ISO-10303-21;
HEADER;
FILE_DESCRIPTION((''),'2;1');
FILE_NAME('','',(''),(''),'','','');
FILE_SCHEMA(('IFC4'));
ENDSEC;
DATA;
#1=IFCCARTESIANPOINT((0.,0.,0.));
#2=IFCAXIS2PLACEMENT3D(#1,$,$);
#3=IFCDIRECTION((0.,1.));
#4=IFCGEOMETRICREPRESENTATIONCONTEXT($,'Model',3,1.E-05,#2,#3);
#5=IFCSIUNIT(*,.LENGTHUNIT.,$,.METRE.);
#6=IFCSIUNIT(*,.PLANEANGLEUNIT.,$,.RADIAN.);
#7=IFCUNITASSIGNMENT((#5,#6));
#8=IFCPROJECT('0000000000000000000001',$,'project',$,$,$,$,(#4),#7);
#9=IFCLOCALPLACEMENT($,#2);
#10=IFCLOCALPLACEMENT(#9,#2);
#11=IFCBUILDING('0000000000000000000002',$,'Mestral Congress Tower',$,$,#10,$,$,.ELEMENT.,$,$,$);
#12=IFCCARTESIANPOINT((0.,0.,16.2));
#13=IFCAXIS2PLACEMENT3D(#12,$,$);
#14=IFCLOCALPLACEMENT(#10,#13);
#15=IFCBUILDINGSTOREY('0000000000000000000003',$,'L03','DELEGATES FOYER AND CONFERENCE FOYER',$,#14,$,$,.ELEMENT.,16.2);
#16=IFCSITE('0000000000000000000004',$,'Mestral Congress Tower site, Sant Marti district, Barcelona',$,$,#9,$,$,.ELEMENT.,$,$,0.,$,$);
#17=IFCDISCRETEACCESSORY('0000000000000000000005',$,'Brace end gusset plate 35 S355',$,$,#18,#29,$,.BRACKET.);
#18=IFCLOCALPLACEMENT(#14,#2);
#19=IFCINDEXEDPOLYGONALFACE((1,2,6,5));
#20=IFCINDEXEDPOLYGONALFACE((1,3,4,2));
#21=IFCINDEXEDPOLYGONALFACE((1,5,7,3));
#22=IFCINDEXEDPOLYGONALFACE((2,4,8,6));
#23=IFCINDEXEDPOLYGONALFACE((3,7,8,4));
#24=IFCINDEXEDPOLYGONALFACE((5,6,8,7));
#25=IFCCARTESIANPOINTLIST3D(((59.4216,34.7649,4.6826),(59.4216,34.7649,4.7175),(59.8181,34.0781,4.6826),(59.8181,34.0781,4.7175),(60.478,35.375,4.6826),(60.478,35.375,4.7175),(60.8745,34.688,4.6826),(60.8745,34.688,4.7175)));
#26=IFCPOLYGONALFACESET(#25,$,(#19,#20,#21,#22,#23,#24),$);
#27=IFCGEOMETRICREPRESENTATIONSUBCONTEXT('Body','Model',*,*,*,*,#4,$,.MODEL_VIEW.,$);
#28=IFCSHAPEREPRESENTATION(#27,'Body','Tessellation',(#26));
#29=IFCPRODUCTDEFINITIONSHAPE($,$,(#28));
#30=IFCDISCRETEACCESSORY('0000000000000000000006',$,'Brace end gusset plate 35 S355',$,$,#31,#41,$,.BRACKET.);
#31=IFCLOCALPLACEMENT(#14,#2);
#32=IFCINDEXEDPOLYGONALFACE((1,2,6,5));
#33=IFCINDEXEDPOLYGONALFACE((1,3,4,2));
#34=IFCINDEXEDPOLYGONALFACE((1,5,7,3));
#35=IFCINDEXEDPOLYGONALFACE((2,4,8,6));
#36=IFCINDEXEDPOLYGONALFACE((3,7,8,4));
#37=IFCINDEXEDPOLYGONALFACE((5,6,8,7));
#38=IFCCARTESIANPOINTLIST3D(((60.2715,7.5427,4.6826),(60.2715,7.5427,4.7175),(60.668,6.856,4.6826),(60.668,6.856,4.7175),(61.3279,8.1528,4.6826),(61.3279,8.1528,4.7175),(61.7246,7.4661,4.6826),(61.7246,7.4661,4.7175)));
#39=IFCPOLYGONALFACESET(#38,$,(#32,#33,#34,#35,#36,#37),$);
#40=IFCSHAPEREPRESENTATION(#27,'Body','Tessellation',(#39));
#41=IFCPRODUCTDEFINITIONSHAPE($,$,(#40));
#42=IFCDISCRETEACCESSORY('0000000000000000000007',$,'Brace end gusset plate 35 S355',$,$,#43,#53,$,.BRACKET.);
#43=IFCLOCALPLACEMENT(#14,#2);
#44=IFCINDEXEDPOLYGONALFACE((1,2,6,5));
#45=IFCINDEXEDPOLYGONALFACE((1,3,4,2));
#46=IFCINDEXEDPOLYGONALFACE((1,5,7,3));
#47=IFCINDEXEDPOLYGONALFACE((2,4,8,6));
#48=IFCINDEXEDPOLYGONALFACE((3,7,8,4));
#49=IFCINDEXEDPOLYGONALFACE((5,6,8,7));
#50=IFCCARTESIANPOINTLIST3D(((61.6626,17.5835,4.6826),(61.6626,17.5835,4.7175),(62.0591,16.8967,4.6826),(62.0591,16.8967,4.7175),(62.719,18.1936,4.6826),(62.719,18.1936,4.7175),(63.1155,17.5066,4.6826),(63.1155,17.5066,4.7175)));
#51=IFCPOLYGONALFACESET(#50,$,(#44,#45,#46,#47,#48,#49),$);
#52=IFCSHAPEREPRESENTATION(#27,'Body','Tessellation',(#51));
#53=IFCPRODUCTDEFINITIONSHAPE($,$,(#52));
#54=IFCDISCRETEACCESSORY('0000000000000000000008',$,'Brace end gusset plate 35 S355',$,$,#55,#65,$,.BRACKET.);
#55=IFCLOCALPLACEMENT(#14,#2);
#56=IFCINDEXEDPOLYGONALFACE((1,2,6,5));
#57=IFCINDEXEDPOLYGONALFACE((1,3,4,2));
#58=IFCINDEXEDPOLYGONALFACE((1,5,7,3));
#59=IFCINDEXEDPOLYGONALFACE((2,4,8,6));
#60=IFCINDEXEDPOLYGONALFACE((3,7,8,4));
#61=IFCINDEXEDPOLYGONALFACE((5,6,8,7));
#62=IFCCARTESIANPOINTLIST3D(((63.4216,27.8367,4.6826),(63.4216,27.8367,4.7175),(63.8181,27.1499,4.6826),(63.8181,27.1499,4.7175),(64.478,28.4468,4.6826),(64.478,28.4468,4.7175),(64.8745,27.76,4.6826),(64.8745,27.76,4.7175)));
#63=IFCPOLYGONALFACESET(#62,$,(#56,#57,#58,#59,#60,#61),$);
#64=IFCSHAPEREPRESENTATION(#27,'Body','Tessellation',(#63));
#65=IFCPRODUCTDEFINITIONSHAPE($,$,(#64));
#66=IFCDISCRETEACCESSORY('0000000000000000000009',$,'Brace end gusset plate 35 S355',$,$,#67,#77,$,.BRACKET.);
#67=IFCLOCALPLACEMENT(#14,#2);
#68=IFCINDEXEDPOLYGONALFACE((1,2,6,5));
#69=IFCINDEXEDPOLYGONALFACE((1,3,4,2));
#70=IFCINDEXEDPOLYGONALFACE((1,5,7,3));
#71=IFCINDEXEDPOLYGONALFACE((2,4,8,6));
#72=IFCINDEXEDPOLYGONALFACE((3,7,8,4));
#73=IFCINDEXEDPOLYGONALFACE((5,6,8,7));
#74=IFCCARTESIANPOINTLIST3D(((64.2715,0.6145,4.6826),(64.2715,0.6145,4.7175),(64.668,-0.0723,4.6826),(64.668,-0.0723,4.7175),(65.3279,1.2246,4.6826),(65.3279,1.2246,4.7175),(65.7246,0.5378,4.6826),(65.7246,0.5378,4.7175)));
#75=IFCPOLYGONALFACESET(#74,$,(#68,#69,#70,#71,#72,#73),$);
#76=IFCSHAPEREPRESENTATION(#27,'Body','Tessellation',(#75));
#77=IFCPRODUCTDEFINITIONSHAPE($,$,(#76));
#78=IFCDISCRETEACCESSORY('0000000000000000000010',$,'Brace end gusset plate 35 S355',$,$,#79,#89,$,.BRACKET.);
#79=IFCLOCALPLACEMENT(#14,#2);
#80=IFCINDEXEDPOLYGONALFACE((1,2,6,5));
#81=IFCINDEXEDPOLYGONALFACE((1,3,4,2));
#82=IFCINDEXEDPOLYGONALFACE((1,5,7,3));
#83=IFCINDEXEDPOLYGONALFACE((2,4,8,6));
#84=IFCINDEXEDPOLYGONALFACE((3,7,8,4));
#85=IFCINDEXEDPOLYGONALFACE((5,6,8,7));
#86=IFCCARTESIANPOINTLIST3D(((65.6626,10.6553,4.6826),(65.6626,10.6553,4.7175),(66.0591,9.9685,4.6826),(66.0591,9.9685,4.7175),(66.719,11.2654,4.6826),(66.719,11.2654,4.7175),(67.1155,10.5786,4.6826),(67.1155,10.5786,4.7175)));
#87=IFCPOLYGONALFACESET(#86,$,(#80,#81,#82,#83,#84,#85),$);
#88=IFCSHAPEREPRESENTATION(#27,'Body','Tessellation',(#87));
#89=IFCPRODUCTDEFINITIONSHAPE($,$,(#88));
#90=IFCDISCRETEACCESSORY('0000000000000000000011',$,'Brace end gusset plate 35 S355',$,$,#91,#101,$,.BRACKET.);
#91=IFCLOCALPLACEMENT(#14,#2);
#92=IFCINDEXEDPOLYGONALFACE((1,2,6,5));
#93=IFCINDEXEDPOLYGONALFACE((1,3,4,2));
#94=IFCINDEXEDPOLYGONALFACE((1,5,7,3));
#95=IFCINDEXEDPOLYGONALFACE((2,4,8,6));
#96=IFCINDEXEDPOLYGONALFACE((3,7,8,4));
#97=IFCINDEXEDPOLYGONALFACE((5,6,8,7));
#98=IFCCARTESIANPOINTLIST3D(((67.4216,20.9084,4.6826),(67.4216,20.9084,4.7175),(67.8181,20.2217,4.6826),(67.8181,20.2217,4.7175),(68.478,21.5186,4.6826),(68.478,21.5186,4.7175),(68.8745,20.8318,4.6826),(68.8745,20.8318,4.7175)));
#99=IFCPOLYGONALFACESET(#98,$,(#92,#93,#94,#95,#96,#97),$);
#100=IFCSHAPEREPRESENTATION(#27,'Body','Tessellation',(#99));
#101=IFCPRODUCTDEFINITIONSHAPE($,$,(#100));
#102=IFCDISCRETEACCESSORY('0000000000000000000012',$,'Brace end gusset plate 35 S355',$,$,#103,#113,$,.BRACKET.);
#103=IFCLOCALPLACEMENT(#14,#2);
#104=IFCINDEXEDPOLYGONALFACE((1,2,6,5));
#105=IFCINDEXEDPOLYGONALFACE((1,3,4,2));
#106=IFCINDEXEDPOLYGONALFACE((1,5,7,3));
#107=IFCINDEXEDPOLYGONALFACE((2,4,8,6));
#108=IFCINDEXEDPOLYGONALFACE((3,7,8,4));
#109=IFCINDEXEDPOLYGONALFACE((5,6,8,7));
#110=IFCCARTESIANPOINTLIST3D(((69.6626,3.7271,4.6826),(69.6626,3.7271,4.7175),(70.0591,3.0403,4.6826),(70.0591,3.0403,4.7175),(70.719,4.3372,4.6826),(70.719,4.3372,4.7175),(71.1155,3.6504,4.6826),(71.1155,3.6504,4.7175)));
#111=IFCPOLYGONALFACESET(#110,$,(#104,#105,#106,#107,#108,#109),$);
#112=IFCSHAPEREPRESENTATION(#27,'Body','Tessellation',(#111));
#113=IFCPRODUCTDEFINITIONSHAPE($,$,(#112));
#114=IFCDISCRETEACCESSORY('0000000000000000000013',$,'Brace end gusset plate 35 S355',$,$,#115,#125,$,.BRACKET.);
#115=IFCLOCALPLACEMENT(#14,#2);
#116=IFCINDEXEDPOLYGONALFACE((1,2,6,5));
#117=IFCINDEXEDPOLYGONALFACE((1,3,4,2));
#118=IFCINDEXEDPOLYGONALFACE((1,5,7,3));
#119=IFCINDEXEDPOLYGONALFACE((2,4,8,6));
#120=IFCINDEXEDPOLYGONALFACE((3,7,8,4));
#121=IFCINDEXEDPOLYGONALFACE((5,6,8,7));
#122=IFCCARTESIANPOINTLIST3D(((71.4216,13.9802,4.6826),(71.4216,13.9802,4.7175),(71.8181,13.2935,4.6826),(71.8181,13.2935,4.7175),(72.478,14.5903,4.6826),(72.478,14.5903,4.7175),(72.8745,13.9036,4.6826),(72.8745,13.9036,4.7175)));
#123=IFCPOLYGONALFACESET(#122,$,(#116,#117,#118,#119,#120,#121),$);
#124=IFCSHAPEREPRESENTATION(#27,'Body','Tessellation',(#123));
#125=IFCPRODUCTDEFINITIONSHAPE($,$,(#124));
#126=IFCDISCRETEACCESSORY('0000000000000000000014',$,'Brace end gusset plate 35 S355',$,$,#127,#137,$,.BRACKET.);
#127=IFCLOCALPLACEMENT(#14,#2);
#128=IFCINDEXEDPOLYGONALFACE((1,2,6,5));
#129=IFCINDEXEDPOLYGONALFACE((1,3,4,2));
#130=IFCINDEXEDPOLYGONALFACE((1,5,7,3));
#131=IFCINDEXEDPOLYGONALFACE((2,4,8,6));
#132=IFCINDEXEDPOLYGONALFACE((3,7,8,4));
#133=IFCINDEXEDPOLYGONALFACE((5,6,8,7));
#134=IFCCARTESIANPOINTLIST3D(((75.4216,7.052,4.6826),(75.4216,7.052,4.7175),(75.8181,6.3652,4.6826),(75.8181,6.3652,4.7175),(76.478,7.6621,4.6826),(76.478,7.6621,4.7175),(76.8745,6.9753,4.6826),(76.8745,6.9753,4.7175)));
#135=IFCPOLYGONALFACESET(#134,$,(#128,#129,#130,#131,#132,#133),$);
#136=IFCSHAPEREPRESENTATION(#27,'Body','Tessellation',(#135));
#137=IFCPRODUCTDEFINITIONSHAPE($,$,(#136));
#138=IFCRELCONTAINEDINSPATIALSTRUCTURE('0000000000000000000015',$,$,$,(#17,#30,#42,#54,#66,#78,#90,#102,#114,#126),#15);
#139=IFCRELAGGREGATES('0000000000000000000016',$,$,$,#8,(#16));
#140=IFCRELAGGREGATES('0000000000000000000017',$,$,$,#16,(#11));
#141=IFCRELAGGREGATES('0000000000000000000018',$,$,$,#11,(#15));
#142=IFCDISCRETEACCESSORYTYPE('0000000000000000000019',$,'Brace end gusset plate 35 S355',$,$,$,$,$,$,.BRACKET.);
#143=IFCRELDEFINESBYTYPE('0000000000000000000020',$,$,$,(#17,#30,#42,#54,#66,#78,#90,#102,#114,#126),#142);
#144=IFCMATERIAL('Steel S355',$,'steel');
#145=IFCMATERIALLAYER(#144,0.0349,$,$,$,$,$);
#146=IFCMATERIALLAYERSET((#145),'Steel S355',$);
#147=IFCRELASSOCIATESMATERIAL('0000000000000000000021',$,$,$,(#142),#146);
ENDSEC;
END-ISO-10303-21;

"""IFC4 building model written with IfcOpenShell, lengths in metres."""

from ifc_helpers import new_model, si_unit, direction, frame, origin, place, context, subcontext, project, spatial, polyline, outline, extrude, material, layer, layer_set, type_object, element, save


model = new_model("IFC4")

# Units and contexts
model_context = context("Model", 3, precision=1e-05, world=origin(), true_north=direction((0.0, 1.0)))
body_context = subcontext(model_context, "Body", "Model", "MODEL_VIEW")
ifc_project = project(units=[si_unit("LENGTHUNIT", "METRE"), si_unit("PLANEANGLEUNIT", "RADIAN")], contexts=[model_context])

# Site, building, storey
site_placement = place(None, origin())
site = spatial("IfcSite", under=ifc_project, at=site_placement, Name="Mestral Congress Tower site, Sant Marti district, Barcelona", CompositionType="ELEMENT", RefElevation=0.0)
building_placement = place(site_placement, origin())
building = spatial("IfcBuilding", under=site, at=building_placement, Name="Mestral Congress Tower", CompositionType="ELEMENT")
storey_placement = place(building_placement, frame((0.0, 0.0, 16.2)))
storey = spatial("IfcBuildingStorey", under=building, at=storey_placement, Name="L03", Description="DELEGATES FOYER AND CONFERENCE FOYER", CompositionType="ELEMENT", Elevation=16.2)

# Discrete accessories
ifc_material = material(Name="Steel S355", Category="steel")
ifc_layer_1 = layer(ifc_material, 0.0349)
ifc_layer_set_1 = layer_set([ifc_layer_1], Name="Steel S355")
discrete_accessory_type_1 = type_object("IfcDiscreteAccessoryType", Name="Brace end gusset plate 35 S355", PredefinedType="BRACKET", material=ifc_layer_set_1)
placement_1 = place(storey_placement, frame((0.0, 0.0, 4.6826)))
element("IfcDiscreteAccessory", 1, at=placement_1, inside=storey, type_object=discrete_accessory_type_1, Name="Brace end gusset plate 35 S355", PredefinedType="BRACKET", context=body_context, shape_type="SweptSolid", body=[
    extrude(outline(polyline([(60.478, 35.375), (59.4216, 34.7649), (59.8181, 34.0781), (60.8745, 34.688), (60.478, 35.375)])), origin(), (0.0, 0.0, 1.0), 0.0349),
])
element("IfcDiscreteAccessory", 2, at=placement_1, inside=storey, type_object=discrete_accessory_type_1, Name="Brace end gusset plate 35 S355", PredefinedType="BRACKET", context=body_context, shape_type="SweptSolid", body=[
    extrude(outline(polyline([(61.3279, 8.1528), (60.2715, 7.5427), (60.668, 6.856), (61.7246, 7.4661), (61.3279, 8.1528)])), origin(), (0.0, 0.0, 1.0), 0.0349),
])
element("IfcDiscreteAccessory", 3, at=placement_1, inside=storey, type_object=discrete_accessory_type_1, Name="Brace end gusset plate 35 S355", PredefinedType="BRACKET", context=body_context, shape_type="SweptSolid", body=[
    extrude(outline(polyline([(62.719, 18.1936), (61.6626, 17.5835), (62.0591, 16.8967), (63.1155, 17.5066), (62.719, 18.1936)])), origin(), (0.0, 0.0, 1.0), 0.0349),
])
element("IfcDiscreteAccessory", 4, at=placement_1, inside=storey, type_object=discrete_accessory_type_1, Name="Brace end gusset plate 35 S355", PredefinedType="BRACKET", context=body_context, shape_type="SweptSolid", body=[
    extrude(outline(polyline([(64.478, 28.4468), (63.4216, 27.8367), (63.8181, 27.1499), (64.8745, 27.76), (64.478, 28.4468)])), origin(), (0.0, 0.0, 1.0), 0.0349),
])
element("IfcDiscreteAccessory", 5, at=placement_1, inside=storey, type_object=discrete_accessory_type_1, Name="Brace end gusset plate 35 S355", PredefinedType="BRACKET", context=body_context, shape_type="SweptSolid", body=[
    extrude(outline(polyline([(65.3279, 1.2246), (64.2715, 0.6145), (64.668, -0.0723), (65.7246, 0.5378), (65.3279, 1.2246)])), origin(), (0.0, 0.0, 1.0), 0.0349),
])
element("IfcDiscreteAccessory", 6, at=placement_1, inside=storey, type_object=discrete_accessory_type_1, Name="Brace end gusset plate 35 S355", PredefinedType="BRACKET", context=body_context, shape_type="SweptSolid", body=[
    extrude(outline(polyline([(66.719, 11.2654), (65.6626, 10.6553), (66.0591, 9.9685), (67.1155, 10.5786), (66.719, 11.2654)])), origin(), (0.0, 0.0, 1.0), 0.0349),
])
element("IfcDiscreteAccessory", 7, at=placement_1, inside=storey, type_object=discrete_accessory_type_1, Name="Brace end gusset plate 35 S355", PredefinedType="BRACKET", context=body_context, shape_type="SweptSolid", body=[
    extrude(outline(polyline([(68.478, 21.5186), (67.4216, 20.9084), (67.8181, 20.2217), (68.8745, 20.8318), (68.478, 21.5186)])), origin(), (0.0, 0.0, 1.0), 0.0349),
])
element("IfcDiscreteAccessory", 8, at=placement_1, inside=storey, type_object=discrete_accessory_type_1, Name="Brace end gusset plate 35 S355", PredefinedType="BRACKET", context=body_context, shape_type="SweptSolid", body=[
    extrude(outline(polyline([(70.719, 4.3372), (69.6626, 3.7271), (70.0591, 3.0403), (71.1155, 3.6504), (70.719, 4.3372)])), origin(), (0.0, 0.0, 1.0), 0.0349),
])
element("IfcDiscreteAccessory", 9, at=placement_1, inside=storey, type_object=discrete_accessory_type_1, Name="Brace end gusset plate 35 S355", PredefinedType="BRACKET", context=body_context, shape_type="SweptSolid", body=[
    extrude(outline(polyline([(72.478, 14.5903), (71.4216, 13.9802), (71.8181, 13.2935), (72.8745, 13.9036), (72.478, 14.5903)])), origin(), (0.0, 0.0, 1.0), 0.0349),
])
element("IfcDiscreteAccessory", 10, at=placement_1, inside=storey, type_object=discrete_accessory_type_1, Name="Brace end gusset plate 35 S355", PredefinedType="BRACKET", context=body_context, shape_type="SweptSolid", body=[
    extrude(outline(polyline([(76.478, 7.6621), (75.4216, 7.052), (75.8181, 6.3652), (76.8745, 6.9753), (76.478, 7.6621)])), origin(), (0.0, 0.0, 1.0), 0.0349),
])

save(model, "model.ifc")
